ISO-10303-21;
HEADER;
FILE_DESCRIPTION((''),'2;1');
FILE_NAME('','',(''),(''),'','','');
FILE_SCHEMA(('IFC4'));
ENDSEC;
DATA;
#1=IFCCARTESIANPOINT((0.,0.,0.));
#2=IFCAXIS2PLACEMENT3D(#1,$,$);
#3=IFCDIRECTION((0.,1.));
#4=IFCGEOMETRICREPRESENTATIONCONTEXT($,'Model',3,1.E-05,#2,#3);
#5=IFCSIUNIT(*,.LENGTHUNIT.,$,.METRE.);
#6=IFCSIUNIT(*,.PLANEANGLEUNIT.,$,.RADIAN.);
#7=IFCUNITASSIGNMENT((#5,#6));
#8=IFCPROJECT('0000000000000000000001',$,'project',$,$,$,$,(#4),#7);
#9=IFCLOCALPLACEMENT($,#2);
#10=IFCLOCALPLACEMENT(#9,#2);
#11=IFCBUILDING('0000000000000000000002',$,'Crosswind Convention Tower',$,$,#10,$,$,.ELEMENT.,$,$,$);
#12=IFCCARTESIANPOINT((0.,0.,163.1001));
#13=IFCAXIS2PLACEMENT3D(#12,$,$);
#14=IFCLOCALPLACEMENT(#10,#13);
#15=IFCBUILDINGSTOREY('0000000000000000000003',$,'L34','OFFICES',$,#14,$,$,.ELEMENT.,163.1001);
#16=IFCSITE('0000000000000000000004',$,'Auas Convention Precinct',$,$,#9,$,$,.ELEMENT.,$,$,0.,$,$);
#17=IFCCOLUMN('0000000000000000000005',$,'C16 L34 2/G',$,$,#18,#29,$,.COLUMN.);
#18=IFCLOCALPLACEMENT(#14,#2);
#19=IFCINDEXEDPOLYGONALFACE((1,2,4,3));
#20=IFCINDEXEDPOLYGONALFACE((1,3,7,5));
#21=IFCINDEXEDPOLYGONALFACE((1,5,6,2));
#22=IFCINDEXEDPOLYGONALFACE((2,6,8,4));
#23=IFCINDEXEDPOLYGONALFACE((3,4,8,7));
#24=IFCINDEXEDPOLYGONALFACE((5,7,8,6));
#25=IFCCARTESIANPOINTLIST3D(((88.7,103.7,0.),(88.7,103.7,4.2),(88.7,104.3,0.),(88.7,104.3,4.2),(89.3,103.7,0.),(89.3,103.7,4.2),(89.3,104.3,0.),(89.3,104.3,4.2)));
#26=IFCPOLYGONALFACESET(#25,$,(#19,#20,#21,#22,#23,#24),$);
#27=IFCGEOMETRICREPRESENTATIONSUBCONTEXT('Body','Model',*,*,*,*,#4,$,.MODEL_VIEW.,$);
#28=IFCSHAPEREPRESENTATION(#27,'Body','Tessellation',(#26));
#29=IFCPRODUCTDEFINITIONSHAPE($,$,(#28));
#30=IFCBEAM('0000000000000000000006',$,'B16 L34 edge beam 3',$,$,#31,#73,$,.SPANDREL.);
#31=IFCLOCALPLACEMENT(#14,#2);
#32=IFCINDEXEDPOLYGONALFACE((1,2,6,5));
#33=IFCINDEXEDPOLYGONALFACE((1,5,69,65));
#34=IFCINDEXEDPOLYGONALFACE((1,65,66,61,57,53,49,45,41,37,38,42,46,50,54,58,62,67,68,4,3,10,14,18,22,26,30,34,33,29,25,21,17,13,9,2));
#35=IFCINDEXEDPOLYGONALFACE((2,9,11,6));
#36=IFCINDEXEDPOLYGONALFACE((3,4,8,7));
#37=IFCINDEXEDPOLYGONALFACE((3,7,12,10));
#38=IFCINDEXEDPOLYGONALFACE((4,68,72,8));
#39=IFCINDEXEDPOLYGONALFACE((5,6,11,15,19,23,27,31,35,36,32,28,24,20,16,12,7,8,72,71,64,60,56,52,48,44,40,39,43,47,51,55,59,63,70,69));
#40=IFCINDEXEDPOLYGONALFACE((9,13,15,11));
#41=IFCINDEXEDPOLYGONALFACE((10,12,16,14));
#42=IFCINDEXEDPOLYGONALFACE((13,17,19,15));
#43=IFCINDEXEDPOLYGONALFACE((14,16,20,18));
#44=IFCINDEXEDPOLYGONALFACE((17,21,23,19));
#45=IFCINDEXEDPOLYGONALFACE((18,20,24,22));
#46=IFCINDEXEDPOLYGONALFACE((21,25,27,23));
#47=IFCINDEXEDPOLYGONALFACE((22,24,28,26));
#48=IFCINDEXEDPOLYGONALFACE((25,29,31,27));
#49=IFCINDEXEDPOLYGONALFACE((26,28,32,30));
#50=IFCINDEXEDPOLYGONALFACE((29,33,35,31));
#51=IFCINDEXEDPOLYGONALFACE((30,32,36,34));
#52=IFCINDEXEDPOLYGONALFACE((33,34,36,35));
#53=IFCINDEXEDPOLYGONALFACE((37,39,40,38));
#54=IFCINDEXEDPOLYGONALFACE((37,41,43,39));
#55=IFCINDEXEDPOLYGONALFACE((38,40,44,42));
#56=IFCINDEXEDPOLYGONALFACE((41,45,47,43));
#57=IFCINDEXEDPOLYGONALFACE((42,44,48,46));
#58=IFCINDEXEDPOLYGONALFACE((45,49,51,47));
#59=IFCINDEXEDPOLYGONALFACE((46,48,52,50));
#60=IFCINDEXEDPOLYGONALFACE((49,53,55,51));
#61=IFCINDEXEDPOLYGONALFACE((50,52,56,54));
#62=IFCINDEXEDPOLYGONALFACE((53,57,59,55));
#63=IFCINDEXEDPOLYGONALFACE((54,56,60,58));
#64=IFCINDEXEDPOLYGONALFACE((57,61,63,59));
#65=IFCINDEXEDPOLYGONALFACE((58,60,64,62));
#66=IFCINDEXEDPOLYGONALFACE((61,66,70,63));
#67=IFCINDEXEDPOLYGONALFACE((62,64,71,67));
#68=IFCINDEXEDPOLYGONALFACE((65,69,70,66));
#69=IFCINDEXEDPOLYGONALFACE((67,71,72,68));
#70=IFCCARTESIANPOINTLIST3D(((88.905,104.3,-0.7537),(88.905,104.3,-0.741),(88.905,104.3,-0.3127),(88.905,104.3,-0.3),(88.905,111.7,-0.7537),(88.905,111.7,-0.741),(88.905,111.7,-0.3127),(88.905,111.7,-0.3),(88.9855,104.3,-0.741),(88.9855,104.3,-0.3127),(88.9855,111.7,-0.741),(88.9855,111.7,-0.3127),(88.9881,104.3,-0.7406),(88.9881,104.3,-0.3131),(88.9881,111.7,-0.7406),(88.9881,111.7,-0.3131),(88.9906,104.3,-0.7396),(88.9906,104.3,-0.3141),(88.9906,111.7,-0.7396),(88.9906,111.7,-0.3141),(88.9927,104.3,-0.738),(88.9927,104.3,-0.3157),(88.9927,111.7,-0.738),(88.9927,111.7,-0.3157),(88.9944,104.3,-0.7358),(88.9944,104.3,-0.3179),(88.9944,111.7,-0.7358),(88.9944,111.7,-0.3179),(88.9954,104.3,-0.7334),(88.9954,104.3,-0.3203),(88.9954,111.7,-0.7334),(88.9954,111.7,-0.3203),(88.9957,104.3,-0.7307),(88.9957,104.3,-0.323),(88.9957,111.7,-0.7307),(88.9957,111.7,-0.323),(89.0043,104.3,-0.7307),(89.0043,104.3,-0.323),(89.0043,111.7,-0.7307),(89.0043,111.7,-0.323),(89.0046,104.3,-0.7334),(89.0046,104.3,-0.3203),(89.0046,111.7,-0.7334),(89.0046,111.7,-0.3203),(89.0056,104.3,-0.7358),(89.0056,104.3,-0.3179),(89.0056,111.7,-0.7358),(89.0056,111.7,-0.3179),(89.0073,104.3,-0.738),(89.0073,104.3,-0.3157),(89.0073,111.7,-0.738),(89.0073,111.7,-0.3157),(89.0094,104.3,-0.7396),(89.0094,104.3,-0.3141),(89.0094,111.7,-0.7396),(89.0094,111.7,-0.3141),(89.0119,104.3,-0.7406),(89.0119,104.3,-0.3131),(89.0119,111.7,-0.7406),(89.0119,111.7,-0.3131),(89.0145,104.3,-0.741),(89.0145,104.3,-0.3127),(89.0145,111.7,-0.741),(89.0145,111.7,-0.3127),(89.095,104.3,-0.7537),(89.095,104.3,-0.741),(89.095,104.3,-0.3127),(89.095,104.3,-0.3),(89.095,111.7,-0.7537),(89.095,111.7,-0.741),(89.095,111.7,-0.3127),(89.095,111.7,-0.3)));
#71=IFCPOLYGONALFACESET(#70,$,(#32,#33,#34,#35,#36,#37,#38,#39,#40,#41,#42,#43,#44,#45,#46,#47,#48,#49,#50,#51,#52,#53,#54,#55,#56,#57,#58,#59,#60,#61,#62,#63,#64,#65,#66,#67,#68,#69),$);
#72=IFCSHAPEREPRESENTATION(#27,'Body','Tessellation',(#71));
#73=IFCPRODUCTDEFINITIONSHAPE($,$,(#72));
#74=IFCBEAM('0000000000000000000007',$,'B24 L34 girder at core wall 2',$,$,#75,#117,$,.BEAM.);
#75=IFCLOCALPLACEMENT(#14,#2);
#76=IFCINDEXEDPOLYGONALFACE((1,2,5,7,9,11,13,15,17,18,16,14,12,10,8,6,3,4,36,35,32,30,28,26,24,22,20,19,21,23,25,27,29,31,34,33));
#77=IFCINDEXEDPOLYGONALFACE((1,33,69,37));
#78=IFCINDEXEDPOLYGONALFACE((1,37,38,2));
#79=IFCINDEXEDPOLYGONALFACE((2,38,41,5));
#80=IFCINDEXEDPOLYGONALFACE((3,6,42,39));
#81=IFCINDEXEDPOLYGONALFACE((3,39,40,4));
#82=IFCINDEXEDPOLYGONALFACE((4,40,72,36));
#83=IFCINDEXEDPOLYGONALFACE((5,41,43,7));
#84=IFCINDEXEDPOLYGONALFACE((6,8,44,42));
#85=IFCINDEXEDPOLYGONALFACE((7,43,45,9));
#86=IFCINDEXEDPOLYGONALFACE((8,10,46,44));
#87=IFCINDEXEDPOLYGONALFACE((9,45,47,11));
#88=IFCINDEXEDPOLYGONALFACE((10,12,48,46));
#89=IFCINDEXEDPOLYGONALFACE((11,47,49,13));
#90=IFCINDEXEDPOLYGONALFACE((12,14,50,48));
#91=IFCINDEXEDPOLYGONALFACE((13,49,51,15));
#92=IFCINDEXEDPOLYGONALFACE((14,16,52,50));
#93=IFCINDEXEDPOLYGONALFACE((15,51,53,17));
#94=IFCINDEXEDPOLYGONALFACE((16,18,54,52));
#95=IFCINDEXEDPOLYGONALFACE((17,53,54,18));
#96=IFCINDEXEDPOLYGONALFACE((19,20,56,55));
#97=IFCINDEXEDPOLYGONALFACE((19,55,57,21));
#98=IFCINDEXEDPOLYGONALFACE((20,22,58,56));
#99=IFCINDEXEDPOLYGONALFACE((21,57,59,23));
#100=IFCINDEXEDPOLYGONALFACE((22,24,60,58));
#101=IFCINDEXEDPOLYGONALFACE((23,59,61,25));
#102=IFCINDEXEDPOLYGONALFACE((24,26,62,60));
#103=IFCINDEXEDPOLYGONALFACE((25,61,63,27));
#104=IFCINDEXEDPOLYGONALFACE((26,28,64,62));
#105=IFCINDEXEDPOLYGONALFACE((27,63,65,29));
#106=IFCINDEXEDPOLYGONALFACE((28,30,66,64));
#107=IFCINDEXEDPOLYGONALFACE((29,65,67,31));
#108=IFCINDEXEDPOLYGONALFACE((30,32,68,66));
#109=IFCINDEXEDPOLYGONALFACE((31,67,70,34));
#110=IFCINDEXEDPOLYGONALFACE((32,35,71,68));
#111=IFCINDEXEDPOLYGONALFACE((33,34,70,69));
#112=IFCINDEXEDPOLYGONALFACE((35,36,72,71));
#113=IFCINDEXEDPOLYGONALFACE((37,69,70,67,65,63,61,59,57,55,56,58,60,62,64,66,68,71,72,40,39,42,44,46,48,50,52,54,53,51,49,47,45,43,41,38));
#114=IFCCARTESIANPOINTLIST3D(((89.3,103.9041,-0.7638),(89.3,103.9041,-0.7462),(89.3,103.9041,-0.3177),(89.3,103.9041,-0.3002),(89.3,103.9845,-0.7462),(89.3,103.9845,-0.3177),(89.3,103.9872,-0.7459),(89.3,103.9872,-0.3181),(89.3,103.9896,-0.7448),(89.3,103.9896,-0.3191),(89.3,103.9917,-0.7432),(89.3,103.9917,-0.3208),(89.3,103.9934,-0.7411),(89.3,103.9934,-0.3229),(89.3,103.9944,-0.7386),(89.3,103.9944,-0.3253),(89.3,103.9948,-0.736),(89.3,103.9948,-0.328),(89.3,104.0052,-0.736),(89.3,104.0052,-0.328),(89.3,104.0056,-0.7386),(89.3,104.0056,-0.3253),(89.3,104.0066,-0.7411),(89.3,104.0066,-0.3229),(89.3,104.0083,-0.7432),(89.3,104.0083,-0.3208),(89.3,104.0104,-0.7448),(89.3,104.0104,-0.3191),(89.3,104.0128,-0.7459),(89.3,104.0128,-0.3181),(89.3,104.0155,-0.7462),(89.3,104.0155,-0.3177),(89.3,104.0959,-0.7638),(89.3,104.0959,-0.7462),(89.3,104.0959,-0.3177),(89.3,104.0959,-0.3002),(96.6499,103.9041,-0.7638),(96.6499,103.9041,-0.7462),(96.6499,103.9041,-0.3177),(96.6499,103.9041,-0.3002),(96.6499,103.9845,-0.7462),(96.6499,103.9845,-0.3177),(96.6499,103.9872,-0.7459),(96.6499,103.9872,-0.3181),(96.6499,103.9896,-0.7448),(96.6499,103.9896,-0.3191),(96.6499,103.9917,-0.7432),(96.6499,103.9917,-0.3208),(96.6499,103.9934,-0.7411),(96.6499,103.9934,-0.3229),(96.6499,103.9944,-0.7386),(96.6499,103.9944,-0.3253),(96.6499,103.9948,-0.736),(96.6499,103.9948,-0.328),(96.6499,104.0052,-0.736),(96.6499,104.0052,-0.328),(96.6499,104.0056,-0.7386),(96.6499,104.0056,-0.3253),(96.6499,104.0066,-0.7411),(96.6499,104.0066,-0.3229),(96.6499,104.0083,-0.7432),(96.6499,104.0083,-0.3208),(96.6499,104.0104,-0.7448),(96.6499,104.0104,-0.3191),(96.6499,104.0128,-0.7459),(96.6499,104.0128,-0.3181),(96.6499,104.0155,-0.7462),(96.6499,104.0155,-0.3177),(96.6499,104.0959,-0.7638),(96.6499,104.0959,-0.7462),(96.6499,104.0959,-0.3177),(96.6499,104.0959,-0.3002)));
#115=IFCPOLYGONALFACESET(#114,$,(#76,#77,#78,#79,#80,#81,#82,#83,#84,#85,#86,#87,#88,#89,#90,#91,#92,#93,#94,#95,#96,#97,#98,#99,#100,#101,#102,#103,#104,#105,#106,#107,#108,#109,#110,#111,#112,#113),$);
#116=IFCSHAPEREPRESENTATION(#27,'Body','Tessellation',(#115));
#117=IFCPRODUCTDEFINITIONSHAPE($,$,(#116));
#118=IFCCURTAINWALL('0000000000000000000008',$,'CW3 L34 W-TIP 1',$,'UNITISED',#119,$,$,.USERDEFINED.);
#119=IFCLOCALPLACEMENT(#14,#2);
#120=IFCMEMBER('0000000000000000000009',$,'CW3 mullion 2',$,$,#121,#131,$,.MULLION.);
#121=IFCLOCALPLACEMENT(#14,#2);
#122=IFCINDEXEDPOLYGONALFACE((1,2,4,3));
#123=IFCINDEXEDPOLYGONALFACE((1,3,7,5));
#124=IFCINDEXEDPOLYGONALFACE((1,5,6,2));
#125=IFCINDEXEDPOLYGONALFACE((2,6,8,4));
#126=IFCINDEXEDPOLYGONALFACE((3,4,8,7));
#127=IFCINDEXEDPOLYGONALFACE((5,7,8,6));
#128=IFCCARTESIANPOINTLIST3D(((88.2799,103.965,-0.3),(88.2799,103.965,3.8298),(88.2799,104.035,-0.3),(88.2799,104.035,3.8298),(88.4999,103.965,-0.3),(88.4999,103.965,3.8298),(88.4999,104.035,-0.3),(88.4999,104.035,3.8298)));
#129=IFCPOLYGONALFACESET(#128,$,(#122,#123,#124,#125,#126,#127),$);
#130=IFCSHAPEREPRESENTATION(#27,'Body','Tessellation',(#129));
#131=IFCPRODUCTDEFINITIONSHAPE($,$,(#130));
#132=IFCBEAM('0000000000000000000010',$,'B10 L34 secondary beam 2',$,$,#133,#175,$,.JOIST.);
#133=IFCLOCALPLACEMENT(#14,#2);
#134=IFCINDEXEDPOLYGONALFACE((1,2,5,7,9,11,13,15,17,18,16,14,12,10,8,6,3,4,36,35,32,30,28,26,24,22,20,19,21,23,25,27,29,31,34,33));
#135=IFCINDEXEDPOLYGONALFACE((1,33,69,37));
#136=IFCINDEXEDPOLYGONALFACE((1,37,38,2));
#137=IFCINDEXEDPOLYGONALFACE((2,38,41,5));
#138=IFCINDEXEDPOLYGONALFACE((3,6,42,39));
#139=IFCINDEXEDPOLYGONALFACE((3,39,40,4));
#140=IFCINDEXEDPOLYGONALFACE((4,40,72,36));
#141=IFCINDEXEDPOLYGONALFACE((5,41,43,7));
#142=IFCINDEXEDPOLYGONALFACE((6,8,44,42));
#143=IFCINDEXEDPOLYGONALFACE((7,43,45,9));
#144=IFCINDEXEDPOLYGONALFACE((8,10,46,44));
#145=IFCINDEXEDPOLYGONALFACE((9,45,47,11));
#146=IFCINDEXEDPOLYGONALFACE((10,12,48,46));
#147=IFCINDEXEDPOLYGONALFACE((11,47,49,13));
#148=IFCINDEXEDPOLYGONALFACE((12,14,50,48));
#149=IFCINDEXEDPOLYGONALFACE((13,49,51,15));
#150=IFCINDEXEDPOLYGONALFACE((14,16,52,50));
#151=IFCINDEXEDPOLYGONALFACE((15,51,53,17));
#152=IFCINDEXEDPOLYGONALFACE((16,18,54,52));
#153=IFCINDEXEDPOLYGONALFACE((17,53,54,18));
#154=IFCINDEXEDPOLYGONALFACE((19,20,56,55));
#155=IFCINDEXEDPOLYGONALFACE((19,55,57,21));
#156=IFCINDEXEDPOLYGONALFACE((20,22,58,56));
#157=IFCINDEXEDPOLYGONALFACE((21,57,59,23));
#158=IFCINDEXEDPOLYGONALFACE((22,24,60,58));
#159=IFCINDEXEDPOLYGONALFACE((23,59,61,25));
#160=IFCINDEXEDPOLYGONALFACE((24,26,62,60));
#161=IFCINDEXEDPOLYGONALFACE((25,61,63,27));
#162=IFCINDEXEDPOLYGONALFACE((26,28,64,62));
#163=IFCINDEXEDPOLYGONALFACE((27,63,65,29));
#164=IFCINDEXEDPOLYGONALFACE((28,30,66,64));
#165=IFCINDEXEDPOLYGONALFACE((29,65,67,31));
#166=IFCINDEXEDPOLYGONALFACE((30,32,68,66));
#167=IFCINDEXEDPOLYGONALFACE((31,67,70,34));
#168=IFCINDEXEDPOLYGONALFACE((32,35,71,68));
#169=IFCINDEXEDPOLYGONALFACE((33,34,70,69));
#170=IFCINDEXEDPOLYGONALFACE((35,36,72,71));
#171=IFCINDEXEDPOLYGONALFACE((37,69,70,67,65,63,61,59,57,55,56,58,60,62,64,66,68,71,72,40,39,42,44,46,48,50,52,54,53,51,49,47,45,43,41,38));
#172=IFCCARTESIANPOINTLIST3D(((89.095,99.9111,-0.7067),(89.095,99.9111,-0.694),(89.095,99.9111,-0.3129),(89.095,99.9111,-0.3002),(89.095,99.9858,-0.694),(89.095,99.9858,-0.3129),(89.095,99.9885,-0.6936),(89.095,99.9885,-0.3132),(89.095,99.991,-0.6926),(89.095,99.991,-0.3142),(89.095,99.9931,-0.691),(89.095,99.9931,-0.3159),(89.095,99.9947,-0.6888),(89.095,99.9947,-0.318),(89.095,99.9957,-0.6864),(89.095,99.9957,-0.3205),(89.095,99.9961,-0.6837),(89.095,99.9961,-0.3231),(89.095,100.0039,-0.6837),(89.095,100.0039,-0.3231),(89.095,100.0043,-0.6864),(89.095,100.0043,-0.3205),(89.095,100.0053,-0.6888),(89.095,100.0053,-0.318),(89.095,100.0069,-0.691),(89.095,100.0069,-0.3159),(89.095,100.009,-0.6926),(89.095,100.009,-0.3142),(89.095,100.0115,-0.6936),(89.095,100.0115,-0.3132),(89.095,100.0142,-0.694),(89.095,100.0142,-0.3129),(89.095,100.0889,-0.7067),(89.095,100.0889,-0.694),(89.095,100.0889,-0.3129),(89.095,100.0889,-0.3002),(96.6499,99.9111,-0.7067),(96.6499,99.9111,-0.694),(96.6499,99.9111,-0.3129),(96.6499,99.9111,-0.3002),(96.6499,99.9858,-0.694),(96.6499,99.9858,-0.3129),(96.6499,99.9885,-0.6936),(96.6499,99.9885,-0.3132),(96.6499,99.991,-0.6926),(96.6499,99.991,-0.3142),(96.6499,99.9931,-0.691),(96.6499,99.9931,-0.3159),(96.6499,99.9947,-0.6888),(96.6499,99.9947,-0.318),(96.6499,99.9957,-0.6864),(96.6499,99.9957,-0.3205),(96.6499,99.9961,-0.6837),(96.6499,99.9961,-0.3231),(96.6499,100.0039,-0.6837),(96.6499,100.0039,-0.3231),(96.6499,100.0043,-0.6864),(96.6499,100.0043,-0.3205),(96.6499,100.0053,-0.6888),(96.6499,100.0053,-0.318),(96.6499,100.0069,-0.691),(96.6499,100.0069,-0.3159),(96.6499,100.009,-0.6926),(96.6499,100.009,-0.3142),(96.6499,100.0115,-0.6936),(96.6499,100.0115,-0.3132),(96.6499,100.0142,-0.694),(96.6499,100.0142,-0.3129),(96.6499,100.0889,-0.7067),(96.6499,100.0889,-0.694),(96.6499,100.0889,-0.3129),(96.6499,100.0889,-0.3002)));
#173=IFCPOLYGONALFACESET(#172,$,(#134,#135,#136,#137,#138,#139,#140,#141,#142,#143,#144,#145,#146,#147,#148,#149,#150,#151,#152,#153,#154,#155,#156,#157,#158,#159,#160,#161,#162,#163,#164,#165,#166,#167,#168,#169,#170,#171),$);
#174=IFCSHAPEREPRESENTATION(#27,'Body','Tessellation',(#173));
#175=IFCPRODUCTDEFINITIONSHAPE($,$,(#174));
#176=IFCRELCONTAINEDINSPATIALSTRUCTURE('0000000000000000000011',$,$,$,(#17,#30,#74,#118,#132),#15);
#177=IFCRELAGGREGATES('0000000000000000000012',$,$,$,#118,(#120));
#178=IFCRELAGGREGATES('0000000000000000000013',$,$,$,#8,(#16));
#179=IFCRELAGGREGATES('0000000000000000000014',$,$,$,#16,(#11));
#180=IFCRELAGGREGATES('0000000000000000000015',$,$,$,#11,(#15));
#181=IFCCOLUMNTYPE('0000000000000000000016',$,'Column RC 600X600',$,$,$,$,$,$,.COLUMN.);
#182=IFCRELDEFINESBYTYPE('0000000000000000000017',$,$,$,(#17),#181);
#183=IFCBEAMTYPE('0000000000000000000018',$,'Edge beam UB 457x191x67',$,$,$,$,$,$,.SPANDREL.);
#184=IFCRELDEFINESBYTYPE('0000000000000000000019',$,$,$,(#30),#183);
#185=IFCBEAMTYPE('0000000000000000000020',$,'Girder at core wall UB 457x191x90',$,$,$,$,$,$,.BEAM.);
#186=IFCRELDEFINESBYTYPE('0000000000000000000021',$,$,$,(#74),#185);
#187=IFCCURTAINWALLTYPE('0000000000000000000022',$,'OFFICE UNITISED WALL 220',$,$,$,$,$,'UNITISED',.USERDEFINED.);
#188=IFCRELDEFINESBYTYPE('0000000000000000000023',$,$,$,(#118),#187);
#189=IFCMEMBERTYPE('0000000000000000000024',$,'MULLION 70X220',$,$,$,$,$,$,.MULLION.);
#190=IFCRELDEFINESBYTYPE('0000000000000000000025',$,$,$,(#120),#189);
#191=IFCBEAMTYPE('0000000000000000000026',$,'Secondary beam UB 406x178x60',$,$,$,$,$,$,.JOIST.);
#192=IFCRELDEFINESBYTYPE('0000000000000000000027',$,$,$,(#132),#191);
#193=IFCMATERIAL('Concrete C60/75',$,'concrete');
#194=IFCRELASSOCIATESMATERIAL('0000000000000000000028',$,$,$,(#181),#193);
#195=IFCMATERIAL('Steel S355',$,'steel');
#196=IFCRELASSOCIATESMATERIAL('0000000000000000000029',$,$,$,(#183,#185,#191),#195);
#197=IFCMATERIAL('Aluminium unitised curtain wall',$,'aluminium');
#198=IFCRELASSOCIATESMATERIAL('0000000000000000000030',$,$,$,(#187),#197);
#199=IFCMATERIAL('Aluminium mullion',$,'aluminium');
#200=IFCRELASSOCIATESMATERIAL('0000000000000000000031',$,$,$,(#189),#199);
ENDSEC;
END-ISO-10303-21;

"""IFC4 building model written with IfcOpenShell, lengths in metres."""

from ifc_helpers import new_model, si_unit, direction, frame, origin, origin_2d, place, context, subcontext, project, spatial, rectangle, i_section, extrude, material, material_profile, profile_set, type_object, element, aggregate, save


model = new_model("IFC4")

# Units and contexts
model_context = context("Model", 3, precision=1e-05, world=origin(), true_north=direction((0.0, 1.0)))
body_context = subcontext(model_context, "Body", "Model", "MODEL_VIEW")
ifc_project = project(units=[si_unit("LENGTHUNIT", "METRE"), si_unit("PLANEANGLEUNIT", "RADIAN")], contexts=[model_context])

# Site, building, storey
site_placement = place(None, origin())
site = spatial("IfcSite", under=ifc_project, at=site_placement, Name="Auas Convention Precinct", CompositionType="ELEMENT", RefElevation=0.0)
building_placement = place(site_placement, origin())
building = spatial("IfcBuilding", under=site, at=building_placement, Name="Crosswind Convention Tower", CompositionType="ELEMENT")
storey_placement = place(building_placement, frame((0.0, 0.0, 163.1001)))
storey = spatial("IfcBuildingStorey", under=building, at=storey_placement, Name="L34", Description="OFFICES", CompositionType="ELEMENT", Elevation=163.1001)

# Column
ifc_material_1 = material(Name="Concrete C60/75", Category="concrete")
ifc_material_profile_1 = material_profile(ifc_material_1, rectangle(XDim=0.6001, YDim=0.6001, at=origin_2d()), Name="RC 600X600")
ifc_profile_set_1 = profile_set([ifc_material_profile_1], Name="Concrete C60/75")
column_type = type_object("IfcColumnType", Name="Column RC 600X600", PredefinedType="COLUMN", material=ifc_profile_set_1)
column_placement = place(storey_placement, frame((89.0, 104.0, 0.0), z_axis=(0.0, 0.0, 1.0), x_axis=(1.0, 0.0, 0.0)))
element("IfcColumn", 1, at=column_placement, inside=storey, type_object=column_type, Name="C16 L34 2/G", PredefinedType="COLUMN", context=body_context, shape_type="SweptSolid", body=[
    extrude(rectangle(XDim=0.6001, YDim=0.6001, at=origin_2d()), origin(), (0.0, 0.0, 1.0), 4.2),
])

# Beams
ifc_material_2 = material(Name="Steel S355", Category="steel")
ifc_material_profile_2 = material_profile(ifc_material_2, i_section(OverallWidth=0.1899, OverallDepth=0.4536, WebThickness=0.0085, FlangeThickness=0.0127, FilletRadius=0.0103, at=origin_2d()), Name="UB 457x191x67")
ifc_profile_set_2 = profile_set([ifc_material_profile_2], Name="Steel S355")
beam_type_1 = type_object("IfcBeamType", Name="Edge beam UB 457x191x67", PredefinedType="SPANDREL", material=ifc_profile_set_2)
beam_1_placement = place(storey_placement, frame((89.0, 104.3, -0.5269), z_axis=(0.0, 1.0, 0.0), x_axis=(-1.0, 0.0, 0.0)))
element("IfcBeam", 2, at=beam_1_placement, inside=storey, type_object=beam_type_1, Name="B16 L34 edge beam 3", PredefinedType="SPANDREL", context=body_context, shape_type="SweptSolid", body=[
    extrude(i_section(OverallWidth=0.1899, OverallDepth=0.4536, WebThickness=0.0085, FlangeThickness=0.0127, FilletRadius=0.0103, at=origin_2d()), origin(), (0.0, 0.0, 1.0), 7.3999),
])
ifc_material_profile_3 = material_profile(ifc_material_2, i_section(OverallWidth=0.1919, OverallDepth=0.4636, WebThickness=0.0105, FlangeThickness=0.0176, FilletRadius=0.0103, at=origin_2d()), Name="UB 457x191x90")
ifc_profile_set_3 = profile_set([ifc_material_profile_3], Name="Steel S355")
beam_type_2 = type_object("IfcBeamType", Name="Girder at core wall UB 457x191x90", PredefinedType="BEAM", material=ifc_profile_set_3)
beam_2_placement = place(storey_placement, frame((89.3, 104.0, -0.532), z_axis=(1.0, 0.0, 0.0), x_axis=(0.0, 1.0, 0.0)))
element("IfcBeam", 3, at=beam_2_placement, inside=storey, type_object=beam_type_2, Name="B24 L34 girder at core wall 2", PredefinedType="BEAM", context=body_context, shape_type="SweptSolid", body=[
    extrude(i_section(OverallWidth=0.1919, OverallDepth=0.4636, WebThickness=0.0105, FlangeThickness=0.0176, FilletRadius=0.0103, at=origin_2d()), origin(), (0.0, 0.0, 1.0), 7.3499),
])

# Curtain wall, member
ifc_material_3 = material(Name="Aluminium unitised curtain wall", Category="aluminium")
curtain_wall_type = type_object("IfcCurtainWallType", Name="OFFICE UNITISED WALL 220", ElementType="UNITISED", PredefinedType="USERDEFINED", material=ifc_material_3)
curtain_wall_placement = place(storey_placement, origin())
curtain_wall = element("IfcCurtainWall", 4, at=curtain_wall_placement, inside=storey, type_object=curtain_wall_type, Name="CW3 L34 W-TIP 1", ObjectType="UNITISED", PredefinedType="USERDEFINED")
ifc_material_4 = material(Name="Aluminium mullion", Category="aluminium")
ifc_material_profile_4 = material_profile(ifc_material_4, rectangle(XDim=0.22, YDim=0.0701, at=origin_2d()), Name="AL 220X70")
ifc_profile_set_4 = profile_set([ifc_material_profile_4], Name="Aluminium mullion")
member_type = type_object("IfcMemberType", Name="MULLION 70X220", PredefinedType="MULLION", material=ifc_profile_set_4)
member_placement = place(storey_placement, frame((88.3899, 104.0, -0.3), z_axis=(0.0, 0.0, 1.0), x_axis=(-1.0, 0.0, 0.0)))
member = element("IfcMember", 5, at=member_placement, type_object=member_type, Name="CW3 mullion 2", PredefinedType="MULLION", context=body_context, shape_type="SweptSolid", body=[
    extrude(rectangle(XDim=0.22, YDim=0.0701, at=origin_2d()), origin(), (0.0, 0.0, 1.0), 4.1299),
])

# Beam
ifc_material_profile_5 = material_profile(ifc_material_2, i_section(OverallWidth=0.1777, OverallDepth=0.4065, WebThickness=0.0078, FlangeThickness=0.0127, FilletRadius=0.0103, at=origin_2d()), Name="UB 406x178x60")
ifc_profile_set_5 = profile_set([ifc_material_profile_5], Name="Steel S355")
beam_type_3 = type_object("IfcBeamType", Name="Secondary beam UB 406x178x60", PredefinedType="JOIST", material=ifc_profile_set_5)
for number, where, z_axis, x_axis, name in (
    (6, (89.095, 100.0, -0.5034), (1.0, 0.0, 0.0), (0.0, 1.0, 0.0), "B10 L34 secondary beam 2"),
):
    element("IfcBeam", number, at=place(storey_placement, frame(where, z_axis=z_axis, x_axis=x_axis)), inside=storey, type_object=beam_type_3, Name=name, PredefinedType="JOIST", context=body_context, shape_type="SweptSolid", body=[
        extrude(i_section(OverallWidth=0.1777, OverallDepth=0.4065, WebThickness=0.0078, FlangeThickness=0.0127, FilletRadius=0.0103, at=origin_2d()), origin(), (0.0, 0.0, 1.0), 7.5549),
    ])

aggregate(curtain_wall, [member])

save(model, "model.ifc")
